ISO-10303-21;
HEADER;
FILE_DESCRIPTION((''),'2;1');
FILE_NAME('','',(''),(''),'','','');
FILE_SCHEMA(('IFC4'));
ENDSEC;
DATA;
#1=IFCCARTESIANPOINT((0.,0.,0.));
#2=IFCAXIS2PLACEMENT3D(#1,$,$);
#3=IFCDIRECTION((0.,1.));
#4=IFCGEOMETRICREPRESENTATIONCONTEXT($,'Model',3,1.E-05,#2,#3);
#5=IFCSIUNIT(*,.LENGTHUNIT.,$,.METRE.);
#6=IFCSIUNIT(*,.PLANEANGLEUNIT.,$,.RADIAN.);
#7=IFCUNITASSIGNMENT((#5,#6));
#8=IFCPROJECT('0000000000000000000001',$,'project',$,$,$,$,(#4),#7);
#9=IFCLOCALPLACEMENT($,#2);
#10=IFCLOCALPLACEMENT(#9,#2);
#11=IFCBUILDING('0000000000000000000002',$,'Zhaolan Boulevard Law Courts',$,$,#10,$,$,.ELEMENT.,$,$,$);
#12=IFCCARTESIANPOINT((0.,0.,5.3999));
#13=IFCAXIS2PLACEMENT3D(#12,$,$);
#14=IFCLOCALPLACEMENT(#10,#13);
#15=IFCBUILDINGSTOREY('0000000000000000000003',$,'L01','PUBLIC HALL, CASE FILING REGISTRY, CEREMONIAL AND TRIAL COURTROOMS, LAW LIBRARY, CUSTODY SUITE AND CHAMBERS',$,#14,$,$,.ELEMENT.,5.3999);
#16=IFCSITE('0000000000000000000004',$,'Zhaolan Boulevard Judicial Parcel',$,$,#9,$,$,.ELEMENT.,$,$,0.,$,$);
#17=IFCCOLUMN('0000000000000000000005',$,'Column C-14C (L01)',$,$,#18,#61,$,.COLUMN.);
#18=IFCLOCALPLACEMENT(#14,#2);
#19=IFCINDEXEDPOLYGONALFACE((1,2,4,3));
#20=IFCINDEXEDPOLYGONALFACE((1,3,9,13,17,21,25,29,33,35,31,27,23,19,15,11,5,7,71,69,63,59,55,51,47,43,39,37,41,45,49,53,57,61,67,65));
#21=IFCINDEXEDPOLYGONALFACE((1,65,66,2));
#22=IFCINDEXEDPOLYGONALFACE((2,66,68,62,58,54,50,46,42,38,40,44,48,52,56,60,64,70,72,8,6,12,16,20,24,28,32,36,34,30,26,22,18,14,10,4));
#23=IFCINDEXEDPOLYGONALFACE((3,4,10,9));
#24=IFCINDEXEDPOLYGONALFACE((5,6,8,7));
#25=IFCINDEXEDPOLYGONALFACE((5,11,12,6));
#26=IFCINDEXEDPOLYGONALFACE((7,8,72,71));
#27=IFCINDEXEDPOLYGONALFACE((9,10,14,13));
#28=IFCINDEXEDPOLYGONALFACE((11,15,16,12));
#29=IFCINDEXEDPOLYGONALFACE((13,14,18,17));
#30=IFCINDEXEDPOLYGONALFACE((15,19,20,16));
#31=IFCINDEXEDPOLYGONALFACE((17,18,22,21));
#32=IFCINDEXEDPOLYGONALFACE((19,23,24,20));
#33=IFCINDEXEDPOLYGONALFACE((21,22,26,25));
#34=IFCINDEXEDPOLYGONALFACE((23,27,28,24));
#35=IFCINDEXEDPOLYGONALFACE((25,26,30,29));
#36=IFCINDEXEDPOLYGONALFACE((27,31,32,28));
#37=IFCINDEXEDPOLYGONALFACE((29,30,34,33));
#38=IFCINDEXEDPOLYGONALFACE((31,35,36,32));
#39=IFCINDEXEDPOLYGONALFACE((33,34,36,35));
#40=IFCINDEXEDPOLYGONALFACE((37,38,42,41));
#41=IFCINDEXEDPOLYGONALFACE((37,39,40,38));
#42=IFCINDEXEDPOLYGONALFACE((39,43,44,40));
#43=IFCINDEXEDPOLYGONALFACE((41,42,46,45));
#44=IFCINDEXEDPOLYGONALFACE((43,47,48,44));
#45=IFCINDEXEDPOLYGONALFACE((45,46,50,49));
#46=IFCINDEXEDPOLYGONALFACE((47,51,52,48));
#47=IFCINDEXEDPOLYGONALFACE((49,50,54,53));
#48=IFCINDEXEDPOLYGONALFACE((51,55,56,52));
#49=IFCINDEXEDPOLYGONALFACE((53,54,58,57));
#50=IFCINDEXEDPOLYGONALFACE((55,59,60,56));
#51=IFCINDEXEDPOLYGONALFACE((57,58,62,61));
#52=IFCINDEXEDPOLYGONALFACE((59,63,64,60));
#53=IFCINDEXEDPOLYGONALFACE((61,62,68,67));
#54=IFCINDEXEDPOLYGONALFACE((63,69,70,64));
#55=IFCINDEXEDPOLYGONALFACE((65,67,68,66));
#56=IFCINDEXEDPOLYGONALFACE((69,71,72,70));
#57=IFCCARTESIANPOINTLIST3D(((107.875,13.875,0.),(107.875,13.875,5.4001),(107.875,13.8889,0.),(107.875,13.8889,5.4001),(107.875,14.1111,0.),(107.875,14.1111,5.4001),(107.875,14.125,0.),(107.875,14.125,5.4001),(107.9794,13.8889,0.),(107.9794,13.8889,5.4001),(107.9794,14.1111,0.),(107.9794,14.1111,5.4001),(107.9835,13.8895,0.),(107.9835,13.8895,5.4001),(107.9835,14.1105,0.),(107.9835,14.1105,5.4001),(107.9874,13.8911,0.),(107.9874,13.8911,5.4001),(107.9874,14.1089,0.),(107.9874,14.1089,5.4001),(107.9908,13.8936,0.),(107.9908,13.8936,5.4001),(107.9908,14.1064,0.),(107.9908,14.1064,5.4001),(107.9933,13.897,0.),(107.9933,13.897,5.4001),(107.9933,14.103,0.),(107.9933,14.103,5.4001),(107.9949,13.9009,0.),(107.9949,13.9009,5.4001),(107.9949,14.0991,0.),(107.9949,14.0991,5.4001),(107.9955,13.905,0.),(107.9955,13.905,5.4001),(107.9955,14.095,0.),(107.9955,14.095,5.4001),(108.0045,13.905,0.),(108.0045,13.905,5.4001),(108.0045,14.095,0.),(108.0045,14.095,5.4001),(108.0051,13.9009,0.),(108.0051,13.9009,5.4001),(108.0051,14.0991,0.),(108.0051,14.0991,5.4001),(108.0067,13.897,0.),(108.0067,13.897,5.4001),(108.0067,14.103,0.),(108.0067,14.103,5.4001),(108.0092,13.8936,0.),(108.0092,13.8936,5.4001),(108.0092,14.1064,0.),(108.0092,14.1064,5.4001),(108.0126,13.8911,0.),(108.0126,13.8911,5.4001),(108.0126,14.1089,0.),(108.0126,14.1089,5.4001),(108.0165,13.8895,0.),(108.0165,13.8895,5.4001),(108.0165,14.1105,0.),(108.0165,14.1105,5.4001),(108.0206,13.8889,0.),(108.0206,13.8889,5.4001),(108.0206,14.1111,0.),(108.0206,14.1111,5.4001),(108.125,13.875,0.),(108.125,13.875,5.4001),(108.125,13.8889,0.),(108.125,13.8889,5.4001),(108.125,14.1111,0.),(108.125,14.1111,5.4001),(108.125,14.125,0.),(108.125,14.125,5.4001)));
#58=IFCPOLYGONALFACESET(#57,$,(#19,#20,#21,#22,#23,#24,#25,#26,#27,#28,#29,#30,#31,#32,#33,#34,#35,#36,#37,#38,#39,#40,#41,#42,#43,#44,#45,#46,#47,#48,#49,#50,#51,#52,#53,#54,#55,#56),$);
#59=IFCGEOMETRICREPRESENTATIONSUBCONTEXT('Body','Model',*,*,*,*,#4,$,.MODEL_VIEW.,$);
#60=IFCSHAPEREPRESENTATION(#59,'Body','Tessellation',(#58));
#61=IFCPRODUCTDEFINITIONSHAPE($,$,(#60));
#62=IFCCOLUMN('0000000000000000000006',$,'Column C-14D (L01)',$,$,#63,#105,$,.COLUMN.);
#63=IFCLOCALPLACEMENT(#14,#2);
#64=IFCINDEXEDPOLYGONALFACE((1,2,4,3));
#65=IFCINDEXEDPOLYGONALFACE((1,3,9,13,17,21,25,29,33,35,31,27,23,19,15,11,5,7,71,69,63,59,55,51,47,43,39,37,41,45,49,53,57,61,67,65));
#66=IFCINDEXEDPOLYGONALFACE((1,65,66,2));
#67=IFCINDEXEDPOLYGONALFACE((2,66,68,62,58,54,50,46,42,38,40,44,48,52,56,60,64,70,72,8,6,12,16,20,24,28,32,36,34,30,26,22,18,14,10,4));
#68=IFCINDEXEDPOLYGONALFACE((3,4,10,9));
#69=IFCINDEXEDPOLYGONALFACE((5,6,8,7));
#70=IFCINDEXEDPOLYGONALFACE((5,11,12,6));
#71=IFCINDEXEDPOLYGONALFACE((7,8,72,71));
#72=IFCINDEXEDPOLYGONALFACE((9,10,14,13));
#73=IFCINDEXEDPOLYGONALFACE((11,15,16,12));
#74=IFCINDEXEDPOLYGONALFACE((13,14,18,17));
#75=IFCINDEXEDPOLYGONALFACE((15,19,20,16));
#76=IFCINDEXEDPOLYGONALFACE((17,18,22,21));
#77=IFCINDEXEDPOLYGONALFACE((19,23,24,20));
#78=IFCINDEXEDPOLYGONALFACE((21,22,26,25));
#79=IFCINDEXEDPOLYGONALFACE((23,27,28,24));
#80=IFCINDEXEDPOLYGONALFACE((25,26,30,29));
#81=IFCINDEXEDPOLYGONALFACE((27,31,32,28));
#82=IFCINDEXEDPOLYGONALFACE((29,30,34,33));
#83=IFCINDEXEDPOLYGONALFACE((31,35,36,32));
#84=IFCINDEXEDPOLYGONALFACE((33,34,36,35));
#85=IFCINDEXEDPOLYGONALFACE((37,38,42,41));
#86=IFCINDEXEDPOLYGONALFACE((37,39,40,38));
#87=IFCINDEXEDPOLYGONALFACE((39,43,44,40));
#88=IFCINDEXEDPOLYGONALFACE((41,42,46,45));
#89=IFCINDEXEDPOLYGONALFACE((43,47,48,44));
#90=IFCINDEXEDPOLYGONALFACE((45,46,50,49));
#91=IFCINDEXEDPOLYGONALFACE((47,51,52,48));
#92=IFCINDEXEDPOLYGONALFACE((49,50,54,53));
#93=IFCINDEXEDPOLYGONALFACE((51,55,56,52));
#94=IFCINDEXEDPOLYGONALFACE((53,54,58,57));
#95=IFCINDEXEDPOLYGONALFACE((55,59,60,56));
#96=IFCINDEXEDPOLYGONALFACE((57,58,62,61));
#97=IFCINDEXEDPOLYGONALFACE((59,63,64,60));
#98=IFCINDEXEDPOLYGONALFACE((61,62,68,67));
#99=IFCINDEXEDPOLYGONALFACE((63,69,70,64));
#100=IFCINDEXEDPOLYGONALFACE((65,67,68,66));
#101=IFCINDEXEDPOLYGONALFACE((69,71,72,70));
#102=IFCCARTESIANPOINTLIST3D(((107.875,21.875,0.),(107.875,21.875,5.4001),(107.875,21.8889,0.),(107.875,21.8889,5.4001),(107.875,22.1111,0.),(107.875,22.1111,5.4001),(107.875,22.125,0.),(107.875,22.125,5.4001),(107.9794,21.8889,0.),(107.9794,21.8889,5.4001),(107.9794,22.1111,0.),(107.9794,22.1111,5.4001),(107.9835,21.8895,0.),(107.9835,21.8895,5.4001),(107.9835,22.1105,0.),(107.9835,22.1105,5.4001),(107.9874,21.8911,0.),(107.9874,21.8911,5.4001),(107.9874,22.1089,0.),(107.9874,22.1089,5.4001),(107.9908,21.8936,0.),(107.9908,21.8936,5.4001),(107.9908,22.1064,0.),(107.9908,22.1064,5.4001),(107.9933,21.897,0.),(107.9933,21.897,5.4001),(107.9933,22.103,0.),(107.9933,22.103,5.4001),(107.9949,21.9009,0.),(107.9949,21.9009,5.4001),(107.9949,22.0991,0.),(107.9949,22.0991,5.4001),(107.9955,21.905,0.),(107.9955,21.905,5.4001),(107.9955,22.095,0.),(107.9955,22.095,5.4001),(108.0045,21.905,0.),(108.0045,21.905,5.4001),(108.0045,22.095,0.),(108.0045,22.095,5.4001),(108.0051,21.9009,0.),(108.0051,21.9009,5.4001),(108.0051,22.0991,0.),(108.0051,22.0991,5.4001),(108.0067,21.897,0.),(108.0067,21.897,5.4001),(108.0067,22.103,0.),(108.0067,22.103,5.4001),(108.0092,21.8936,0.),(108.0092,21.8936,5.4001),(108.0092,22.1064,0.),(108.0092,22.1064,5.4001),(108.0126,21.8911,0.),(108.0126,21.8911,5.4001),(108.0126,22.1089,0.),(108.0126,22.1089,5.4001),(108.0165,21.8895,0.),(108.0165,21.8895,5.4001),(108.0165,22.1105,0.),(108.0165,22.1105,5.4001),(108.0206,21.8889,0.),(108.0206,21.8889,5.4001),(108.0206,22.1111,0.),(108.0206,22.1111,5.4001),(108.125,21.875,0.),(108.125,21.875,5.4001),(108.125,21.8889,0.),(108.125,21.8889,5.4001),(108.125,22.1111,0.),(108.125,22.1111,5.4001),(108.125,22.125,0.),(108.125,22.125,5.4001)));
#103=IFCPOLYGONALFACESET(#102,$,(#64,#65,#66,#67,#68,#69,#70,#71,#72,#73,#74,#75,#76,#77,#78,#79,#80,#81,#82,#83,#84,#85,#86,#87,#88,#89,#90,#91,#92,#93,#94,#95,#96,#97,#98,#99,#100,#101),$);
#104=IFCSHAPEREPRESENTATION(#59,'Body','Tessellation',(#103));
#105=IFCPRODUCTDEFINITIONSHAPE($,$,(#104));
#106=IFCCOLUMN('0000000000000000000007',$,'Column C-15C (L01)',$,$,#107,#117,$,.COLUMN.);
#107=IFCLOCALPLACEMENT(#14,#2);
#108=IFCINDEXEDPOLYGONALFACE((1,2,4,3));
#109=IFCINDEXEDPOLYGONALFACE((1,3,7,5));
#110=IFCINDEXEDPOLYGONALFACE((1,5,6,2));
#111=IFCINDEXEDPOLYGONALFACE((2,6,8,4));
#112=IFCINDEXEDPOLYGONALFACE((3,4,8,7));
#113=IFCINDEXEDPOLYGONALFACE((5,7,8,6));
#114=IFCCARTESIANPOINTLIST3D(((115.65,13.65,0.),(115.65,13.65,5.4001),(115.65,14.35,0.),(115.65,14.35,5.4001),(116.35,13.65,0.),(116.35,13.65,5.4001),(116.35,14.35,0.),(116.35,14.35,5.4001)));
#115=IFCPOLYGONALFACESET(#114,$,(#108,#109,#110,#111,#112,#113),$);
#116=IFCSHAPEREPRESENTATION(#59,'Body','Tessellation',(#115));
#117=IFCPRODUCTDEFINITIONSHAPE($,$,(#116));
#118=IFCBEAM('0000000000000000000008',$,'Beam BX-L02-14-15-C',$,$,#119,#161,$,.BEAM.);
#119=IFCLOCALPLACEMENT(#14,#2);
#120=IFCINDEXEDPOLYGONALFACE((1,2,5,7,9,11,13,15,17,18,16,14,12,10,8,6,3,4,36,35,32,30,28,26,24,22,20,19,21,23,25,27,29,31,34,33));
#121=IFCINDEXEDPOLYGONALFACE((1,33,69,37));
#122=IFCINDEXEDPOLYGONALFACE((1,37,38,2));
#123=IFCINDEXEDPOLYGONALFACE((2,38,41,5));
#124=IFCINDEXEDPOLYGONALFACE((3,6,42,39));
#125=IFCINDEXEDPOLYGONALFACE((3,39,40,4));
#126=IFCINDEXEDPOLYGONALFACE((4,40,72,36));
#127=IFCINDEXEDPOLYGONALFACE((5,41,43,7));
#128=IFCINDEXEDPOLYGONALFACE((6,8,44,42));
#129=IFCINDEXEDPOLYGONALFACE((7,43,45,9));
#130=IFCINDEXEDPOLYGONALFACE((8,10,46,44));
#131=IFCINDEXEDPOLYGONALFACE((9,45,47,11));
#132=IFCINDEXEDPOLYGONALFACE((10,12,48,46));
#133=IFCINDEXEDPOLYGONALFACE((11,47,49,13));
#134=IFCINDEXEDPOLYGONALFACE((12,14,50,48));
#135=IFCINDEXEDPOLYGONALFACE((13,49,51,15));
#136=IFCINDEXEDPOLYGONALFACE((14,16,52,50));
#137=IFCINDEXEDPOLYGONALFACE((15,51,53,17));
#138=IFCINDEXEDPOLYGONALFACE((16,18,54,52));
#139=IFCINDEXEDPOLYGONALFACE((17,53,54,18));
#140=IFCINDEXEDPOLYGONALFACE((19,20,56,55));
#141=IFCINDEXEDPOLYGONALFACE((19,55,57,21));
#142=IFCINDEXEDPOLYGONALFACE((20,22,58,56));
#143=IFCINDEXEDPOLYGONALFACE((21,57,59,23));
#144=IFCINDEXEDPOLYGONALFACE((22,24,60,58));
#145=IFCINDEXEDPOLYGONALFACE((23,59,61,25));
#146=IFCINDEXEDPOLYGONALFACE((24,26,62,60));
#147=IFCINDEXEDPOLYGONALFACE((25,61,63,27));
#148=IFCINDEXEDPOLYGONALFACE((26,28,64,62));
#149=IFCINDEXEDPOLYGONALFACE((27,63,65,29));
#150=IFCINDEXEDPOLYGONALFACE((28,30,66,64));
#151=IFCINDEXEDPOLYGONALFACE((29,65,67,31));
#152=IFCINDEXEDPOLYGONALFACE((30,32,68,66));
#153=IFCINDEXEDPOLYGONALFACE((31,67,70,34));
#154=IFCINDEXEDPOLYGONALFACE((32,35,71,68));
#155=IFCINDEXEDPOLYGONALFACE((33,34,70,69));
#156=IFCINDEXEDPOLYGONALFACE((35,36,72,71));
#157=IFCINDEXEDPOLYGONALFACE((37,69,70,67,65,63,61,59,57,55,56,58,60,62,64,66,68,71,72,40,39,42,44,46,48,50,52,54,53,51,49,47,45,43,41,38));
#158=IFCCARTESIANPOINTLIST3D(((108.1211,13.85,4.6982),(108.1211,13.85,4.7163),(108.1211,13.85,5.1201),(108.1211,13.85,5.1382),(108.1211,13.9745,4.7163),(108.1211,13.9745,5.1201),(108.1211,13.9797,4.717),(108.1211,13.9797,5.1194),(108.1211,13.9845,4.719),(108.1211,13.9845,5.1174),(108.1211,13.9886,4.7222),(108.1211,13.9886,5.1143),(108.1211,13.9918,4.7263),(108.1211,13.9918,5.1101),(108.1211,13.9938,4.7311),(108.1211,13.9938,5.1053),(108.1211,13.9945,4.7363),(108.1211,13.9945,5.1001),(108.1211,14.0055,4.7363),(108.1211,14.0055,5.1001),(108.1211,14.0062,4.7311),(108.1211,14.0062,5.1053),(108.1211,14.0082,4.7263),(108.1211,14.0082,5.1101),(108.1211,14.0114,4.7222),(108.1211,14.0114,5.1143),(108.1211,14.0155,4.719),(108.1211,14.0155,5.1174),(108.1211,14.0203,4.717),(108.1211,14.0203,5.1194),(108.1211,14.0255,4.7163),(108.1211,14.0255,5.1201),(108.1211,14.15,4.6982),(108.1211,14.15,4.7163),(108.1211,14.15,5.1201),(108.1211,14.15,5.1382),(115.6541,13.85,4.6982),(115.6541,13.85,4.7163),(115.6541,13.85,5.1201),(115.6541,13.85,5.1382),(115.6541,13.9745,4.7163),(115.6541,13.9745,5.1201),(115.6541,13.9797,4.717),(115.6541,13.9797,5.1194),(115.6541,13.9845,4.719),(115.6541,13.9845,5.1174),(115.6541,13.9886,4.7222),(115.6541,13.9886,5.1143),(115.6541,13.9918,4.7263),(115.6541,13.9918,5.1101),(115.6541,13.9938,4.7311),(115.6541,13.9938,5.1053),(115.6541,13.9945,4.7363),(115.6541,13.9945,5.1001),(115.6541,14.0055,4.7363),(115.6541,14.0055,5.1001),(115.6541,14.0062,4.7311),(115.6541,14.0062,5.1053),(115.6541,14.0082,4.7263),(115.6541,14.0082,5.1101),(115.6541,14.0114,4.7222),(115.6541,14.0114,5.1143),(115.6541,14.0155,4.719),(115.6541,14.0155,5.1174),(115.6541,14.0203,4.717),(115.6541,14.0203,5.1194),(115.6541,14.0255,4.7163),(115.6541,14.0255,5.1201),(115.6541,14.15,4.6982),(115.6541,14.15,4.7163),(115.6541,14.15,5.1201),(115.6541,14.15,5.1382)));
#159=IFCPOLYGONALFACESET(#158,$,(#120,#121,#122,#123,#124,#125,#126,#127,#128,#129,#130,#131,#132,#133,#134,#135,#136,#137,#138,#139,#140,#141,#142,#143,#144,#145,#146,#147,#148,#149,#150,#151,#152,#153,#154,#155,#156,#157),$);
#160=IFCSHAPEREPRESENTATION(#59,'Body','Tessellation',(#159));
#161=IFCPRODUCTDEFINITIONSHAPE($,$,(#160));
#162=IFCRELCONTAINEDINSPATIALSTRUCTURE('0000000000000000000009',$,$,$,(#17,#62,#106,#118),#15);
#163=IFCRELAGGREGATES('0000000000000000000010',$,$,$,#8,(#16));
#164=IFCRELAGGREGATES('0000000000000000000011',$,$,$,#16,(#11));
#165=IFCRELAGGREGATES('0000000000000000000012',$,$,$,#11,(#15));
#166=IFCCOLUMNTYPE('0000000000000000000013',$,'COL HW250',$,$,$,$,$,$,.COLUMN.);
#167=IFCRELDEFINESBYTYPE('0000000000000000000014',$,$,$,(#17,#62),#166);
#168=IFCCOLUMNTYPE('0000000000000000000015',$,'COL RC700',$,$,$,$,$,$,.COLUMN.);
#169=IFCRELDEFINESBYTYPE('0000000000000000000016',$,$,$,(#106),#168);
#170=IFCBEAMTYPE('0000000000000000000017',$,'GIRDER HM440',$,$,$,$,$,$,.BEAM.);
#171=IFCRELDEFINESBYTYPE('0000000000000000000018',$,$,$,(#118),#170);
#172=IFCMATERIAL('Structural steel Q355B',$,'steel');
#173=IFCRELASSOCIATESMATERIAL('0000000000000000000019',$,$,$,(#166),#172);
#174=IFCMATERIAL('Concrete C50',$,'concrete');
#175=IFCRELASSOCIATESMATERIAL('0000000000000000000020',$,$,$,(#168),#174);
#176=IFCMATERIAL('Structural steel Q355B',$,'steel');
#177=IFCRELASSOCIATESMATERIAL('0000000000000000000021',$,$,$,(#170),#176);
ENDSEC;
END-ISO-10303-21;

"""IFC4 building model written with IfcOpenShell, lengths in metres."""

from ifc_helpers import new_model, si_unit, direction, frame, origin, origin_2d, place, context, subcontext, project, spatial, rectangle, i_section, extrude, material, material_profile, profile_set, type_object, element, save


model = new_model("IFC4")

# Units and contexts
model_context = context("Model", 3, precision=1e-05, world=origin(), true_north=direction((0.0, 1.0)))
body_context = subcontext(model_context, "Body", "Model", "MODEL_VIEW")
ifc_project = project(units=[si_unit("LENGTHUNIT", "METRE"), si_unit("PLANEANGLEUNIT", "RADIAN")], contexts=[model_context])

# Site, building, storey
site_placement = place(None, origin())
site = spatial("IfcSite", under=ifc_project, at=site_placement, Name="Zhaolan Boulevard Judicial Parcel", CompositionType="ELEMENT", RefElevation=0.0)
building_placement = place(site_placement, origin())
building = spatial("IfcBuilding", under=site, at=building_placement, Name="Zhaolan Boulevard Law Courts", CompositionType="ELEMENT")
storey_placement = place(building_placement, frame((0.0, 0.0, 5.3999)))
storey = spatial("IfcBuildingStorey", under=building, at=storey_placement, Name="L01", Description="PUBLIC HALL, CASE FILING REGISTRY, CEREMONIAL AND TRIAL COURTROOMS, LAW LIBRARY, CUSTODY SUITE AND CHAMBERS", CompositionType="ELEMENT", Elevation=5.3999)

# Columns
ifc_material_1 = material(Name="Structural steel Q355B", Category="steel")
ifc_material_profile_1 = material_profile(ifc_material_1, i_section(OverallWidth=0.25, OverallDepth=0.25, WebThickness=0.009, FlangeThickness=0.0139, FilletRadius=0.0161, at=origin_2d()), Name="HW250x250")
ifc_profile_set_1 = profile_set([ifc_material_profile_1], Name="Structural steel Q355B")
column_type_1 = type_object("IfcColumnType", Name="COL HW250", PredefinedType="COLUMN", material=ifc_profile_set_1)
for number, where, z_axis, x_axis, name in (
    (1, (108.0, 14.0, 0.0), (0.0, 0.0, 1.0), (1.0, 0.0, 0.0), "Column C-14C (L01)"),
    (2, (108.0, 22.0, 0.0), (0.0, 0.0, 1.0), (1.0, 0.0, 0.0), "Column C-14D (L01)"),
):
    element("IfcColumn", number, at=place(storey_placement, frame(where, z_axis=z_axis, x_axis=x_axis)), inside=storey, type_object=column_type_1, Name=name, PredefinedType="COLUMN", context=body_context, shape_type="SweptSolid", body=[
        extrude(i_section(OverallWidth=0.25, OverallDepth=0.25, WebThickness=0.009, FlangeThickness=0.0139, FilletRadius=0.0161, at=origin_2d()), origin(), (0.0, 0.0, 1.0), 5.4001),
    ])
ifc_material_2 = material(Name="Concrete C50", Category="concrete")
ifc_material_profile_2 = material_profile(ifc_material_2, rectangle(XDim=0.7, YDim=0.7, at=origin_2d()), Name="RC700x700")
ifc_profile_set_2 = profile_set([ifc_material_profile_2], Name="Concrete C50")
column_type_2 = type_object("IfcColumnType", Name="COL RC700", PredefinedType="COLUMN", material=ifc_profile_set_2)
column_placement = place(storey_placement, frame((116.0, 14.0, 0.0), z_axis=(0.0, 0.0, 1.0), x_axis=(1.0, 0.0, 0.0)))
element("IfcColumn", 3, at=column_placement, inside=storey, type_object=column_type_2, Name="Column C-15C (L01)", PredefinedType="COLUMN", context=body_context, shape_type="SweptSolid", body=[
    extrude(rectangle(XDim=0.7, YDim=0.7, at=origin_2d()), origin(), (0.0, 0.0, 1.0), 5.4001),
])

# Beam
ifc_material_3 = material(Name="Structural steel Q355B", Category="steel")
ifc_material_profile_3 = material_profile(ifc_material_3, i_section(OverallWidth=0.3, OverallDepth=0.4399, WebThickness=0.011, FlangeThickness=0.0181, FilletRadius=0.02, at=origin_2d()), Name="HM440x300")
ifc_profile_set_3 = profile_set([ifc_material_profile_3], Name="Structural steel Q355B")
beam_type_1 = type_object("IfcBeamType", Name="GIRDER HM440", PredefinedType="BEAM", material=ifc_profile_set_3)
beam_1_placement = place(storey_placement, frame((108.1211, 14.0, 4.9182), z_axis=(1.0, 0.0, 0.0), x_axis=(0.0, 1.0, 0.0)))
element("IfcBeam", 4, at=beam_1_placement, inside=storey, type_object=beam_type_1, Name="Beam BX-L02-14-15-C", PredefinedType="BEAM", context=body_context, shape_type="SweptSolid", body=[
    extrude(i_section(OverallWidth=0.3, OverallDepth=0.4399, WebThickness=0.011, FlangeThickness=0.0181, FilletRadius=0.02, at=origin_2d()), origin(), (0.0, 0.0, 1.0), 7.533),
])

save(model, "model.ifc")
